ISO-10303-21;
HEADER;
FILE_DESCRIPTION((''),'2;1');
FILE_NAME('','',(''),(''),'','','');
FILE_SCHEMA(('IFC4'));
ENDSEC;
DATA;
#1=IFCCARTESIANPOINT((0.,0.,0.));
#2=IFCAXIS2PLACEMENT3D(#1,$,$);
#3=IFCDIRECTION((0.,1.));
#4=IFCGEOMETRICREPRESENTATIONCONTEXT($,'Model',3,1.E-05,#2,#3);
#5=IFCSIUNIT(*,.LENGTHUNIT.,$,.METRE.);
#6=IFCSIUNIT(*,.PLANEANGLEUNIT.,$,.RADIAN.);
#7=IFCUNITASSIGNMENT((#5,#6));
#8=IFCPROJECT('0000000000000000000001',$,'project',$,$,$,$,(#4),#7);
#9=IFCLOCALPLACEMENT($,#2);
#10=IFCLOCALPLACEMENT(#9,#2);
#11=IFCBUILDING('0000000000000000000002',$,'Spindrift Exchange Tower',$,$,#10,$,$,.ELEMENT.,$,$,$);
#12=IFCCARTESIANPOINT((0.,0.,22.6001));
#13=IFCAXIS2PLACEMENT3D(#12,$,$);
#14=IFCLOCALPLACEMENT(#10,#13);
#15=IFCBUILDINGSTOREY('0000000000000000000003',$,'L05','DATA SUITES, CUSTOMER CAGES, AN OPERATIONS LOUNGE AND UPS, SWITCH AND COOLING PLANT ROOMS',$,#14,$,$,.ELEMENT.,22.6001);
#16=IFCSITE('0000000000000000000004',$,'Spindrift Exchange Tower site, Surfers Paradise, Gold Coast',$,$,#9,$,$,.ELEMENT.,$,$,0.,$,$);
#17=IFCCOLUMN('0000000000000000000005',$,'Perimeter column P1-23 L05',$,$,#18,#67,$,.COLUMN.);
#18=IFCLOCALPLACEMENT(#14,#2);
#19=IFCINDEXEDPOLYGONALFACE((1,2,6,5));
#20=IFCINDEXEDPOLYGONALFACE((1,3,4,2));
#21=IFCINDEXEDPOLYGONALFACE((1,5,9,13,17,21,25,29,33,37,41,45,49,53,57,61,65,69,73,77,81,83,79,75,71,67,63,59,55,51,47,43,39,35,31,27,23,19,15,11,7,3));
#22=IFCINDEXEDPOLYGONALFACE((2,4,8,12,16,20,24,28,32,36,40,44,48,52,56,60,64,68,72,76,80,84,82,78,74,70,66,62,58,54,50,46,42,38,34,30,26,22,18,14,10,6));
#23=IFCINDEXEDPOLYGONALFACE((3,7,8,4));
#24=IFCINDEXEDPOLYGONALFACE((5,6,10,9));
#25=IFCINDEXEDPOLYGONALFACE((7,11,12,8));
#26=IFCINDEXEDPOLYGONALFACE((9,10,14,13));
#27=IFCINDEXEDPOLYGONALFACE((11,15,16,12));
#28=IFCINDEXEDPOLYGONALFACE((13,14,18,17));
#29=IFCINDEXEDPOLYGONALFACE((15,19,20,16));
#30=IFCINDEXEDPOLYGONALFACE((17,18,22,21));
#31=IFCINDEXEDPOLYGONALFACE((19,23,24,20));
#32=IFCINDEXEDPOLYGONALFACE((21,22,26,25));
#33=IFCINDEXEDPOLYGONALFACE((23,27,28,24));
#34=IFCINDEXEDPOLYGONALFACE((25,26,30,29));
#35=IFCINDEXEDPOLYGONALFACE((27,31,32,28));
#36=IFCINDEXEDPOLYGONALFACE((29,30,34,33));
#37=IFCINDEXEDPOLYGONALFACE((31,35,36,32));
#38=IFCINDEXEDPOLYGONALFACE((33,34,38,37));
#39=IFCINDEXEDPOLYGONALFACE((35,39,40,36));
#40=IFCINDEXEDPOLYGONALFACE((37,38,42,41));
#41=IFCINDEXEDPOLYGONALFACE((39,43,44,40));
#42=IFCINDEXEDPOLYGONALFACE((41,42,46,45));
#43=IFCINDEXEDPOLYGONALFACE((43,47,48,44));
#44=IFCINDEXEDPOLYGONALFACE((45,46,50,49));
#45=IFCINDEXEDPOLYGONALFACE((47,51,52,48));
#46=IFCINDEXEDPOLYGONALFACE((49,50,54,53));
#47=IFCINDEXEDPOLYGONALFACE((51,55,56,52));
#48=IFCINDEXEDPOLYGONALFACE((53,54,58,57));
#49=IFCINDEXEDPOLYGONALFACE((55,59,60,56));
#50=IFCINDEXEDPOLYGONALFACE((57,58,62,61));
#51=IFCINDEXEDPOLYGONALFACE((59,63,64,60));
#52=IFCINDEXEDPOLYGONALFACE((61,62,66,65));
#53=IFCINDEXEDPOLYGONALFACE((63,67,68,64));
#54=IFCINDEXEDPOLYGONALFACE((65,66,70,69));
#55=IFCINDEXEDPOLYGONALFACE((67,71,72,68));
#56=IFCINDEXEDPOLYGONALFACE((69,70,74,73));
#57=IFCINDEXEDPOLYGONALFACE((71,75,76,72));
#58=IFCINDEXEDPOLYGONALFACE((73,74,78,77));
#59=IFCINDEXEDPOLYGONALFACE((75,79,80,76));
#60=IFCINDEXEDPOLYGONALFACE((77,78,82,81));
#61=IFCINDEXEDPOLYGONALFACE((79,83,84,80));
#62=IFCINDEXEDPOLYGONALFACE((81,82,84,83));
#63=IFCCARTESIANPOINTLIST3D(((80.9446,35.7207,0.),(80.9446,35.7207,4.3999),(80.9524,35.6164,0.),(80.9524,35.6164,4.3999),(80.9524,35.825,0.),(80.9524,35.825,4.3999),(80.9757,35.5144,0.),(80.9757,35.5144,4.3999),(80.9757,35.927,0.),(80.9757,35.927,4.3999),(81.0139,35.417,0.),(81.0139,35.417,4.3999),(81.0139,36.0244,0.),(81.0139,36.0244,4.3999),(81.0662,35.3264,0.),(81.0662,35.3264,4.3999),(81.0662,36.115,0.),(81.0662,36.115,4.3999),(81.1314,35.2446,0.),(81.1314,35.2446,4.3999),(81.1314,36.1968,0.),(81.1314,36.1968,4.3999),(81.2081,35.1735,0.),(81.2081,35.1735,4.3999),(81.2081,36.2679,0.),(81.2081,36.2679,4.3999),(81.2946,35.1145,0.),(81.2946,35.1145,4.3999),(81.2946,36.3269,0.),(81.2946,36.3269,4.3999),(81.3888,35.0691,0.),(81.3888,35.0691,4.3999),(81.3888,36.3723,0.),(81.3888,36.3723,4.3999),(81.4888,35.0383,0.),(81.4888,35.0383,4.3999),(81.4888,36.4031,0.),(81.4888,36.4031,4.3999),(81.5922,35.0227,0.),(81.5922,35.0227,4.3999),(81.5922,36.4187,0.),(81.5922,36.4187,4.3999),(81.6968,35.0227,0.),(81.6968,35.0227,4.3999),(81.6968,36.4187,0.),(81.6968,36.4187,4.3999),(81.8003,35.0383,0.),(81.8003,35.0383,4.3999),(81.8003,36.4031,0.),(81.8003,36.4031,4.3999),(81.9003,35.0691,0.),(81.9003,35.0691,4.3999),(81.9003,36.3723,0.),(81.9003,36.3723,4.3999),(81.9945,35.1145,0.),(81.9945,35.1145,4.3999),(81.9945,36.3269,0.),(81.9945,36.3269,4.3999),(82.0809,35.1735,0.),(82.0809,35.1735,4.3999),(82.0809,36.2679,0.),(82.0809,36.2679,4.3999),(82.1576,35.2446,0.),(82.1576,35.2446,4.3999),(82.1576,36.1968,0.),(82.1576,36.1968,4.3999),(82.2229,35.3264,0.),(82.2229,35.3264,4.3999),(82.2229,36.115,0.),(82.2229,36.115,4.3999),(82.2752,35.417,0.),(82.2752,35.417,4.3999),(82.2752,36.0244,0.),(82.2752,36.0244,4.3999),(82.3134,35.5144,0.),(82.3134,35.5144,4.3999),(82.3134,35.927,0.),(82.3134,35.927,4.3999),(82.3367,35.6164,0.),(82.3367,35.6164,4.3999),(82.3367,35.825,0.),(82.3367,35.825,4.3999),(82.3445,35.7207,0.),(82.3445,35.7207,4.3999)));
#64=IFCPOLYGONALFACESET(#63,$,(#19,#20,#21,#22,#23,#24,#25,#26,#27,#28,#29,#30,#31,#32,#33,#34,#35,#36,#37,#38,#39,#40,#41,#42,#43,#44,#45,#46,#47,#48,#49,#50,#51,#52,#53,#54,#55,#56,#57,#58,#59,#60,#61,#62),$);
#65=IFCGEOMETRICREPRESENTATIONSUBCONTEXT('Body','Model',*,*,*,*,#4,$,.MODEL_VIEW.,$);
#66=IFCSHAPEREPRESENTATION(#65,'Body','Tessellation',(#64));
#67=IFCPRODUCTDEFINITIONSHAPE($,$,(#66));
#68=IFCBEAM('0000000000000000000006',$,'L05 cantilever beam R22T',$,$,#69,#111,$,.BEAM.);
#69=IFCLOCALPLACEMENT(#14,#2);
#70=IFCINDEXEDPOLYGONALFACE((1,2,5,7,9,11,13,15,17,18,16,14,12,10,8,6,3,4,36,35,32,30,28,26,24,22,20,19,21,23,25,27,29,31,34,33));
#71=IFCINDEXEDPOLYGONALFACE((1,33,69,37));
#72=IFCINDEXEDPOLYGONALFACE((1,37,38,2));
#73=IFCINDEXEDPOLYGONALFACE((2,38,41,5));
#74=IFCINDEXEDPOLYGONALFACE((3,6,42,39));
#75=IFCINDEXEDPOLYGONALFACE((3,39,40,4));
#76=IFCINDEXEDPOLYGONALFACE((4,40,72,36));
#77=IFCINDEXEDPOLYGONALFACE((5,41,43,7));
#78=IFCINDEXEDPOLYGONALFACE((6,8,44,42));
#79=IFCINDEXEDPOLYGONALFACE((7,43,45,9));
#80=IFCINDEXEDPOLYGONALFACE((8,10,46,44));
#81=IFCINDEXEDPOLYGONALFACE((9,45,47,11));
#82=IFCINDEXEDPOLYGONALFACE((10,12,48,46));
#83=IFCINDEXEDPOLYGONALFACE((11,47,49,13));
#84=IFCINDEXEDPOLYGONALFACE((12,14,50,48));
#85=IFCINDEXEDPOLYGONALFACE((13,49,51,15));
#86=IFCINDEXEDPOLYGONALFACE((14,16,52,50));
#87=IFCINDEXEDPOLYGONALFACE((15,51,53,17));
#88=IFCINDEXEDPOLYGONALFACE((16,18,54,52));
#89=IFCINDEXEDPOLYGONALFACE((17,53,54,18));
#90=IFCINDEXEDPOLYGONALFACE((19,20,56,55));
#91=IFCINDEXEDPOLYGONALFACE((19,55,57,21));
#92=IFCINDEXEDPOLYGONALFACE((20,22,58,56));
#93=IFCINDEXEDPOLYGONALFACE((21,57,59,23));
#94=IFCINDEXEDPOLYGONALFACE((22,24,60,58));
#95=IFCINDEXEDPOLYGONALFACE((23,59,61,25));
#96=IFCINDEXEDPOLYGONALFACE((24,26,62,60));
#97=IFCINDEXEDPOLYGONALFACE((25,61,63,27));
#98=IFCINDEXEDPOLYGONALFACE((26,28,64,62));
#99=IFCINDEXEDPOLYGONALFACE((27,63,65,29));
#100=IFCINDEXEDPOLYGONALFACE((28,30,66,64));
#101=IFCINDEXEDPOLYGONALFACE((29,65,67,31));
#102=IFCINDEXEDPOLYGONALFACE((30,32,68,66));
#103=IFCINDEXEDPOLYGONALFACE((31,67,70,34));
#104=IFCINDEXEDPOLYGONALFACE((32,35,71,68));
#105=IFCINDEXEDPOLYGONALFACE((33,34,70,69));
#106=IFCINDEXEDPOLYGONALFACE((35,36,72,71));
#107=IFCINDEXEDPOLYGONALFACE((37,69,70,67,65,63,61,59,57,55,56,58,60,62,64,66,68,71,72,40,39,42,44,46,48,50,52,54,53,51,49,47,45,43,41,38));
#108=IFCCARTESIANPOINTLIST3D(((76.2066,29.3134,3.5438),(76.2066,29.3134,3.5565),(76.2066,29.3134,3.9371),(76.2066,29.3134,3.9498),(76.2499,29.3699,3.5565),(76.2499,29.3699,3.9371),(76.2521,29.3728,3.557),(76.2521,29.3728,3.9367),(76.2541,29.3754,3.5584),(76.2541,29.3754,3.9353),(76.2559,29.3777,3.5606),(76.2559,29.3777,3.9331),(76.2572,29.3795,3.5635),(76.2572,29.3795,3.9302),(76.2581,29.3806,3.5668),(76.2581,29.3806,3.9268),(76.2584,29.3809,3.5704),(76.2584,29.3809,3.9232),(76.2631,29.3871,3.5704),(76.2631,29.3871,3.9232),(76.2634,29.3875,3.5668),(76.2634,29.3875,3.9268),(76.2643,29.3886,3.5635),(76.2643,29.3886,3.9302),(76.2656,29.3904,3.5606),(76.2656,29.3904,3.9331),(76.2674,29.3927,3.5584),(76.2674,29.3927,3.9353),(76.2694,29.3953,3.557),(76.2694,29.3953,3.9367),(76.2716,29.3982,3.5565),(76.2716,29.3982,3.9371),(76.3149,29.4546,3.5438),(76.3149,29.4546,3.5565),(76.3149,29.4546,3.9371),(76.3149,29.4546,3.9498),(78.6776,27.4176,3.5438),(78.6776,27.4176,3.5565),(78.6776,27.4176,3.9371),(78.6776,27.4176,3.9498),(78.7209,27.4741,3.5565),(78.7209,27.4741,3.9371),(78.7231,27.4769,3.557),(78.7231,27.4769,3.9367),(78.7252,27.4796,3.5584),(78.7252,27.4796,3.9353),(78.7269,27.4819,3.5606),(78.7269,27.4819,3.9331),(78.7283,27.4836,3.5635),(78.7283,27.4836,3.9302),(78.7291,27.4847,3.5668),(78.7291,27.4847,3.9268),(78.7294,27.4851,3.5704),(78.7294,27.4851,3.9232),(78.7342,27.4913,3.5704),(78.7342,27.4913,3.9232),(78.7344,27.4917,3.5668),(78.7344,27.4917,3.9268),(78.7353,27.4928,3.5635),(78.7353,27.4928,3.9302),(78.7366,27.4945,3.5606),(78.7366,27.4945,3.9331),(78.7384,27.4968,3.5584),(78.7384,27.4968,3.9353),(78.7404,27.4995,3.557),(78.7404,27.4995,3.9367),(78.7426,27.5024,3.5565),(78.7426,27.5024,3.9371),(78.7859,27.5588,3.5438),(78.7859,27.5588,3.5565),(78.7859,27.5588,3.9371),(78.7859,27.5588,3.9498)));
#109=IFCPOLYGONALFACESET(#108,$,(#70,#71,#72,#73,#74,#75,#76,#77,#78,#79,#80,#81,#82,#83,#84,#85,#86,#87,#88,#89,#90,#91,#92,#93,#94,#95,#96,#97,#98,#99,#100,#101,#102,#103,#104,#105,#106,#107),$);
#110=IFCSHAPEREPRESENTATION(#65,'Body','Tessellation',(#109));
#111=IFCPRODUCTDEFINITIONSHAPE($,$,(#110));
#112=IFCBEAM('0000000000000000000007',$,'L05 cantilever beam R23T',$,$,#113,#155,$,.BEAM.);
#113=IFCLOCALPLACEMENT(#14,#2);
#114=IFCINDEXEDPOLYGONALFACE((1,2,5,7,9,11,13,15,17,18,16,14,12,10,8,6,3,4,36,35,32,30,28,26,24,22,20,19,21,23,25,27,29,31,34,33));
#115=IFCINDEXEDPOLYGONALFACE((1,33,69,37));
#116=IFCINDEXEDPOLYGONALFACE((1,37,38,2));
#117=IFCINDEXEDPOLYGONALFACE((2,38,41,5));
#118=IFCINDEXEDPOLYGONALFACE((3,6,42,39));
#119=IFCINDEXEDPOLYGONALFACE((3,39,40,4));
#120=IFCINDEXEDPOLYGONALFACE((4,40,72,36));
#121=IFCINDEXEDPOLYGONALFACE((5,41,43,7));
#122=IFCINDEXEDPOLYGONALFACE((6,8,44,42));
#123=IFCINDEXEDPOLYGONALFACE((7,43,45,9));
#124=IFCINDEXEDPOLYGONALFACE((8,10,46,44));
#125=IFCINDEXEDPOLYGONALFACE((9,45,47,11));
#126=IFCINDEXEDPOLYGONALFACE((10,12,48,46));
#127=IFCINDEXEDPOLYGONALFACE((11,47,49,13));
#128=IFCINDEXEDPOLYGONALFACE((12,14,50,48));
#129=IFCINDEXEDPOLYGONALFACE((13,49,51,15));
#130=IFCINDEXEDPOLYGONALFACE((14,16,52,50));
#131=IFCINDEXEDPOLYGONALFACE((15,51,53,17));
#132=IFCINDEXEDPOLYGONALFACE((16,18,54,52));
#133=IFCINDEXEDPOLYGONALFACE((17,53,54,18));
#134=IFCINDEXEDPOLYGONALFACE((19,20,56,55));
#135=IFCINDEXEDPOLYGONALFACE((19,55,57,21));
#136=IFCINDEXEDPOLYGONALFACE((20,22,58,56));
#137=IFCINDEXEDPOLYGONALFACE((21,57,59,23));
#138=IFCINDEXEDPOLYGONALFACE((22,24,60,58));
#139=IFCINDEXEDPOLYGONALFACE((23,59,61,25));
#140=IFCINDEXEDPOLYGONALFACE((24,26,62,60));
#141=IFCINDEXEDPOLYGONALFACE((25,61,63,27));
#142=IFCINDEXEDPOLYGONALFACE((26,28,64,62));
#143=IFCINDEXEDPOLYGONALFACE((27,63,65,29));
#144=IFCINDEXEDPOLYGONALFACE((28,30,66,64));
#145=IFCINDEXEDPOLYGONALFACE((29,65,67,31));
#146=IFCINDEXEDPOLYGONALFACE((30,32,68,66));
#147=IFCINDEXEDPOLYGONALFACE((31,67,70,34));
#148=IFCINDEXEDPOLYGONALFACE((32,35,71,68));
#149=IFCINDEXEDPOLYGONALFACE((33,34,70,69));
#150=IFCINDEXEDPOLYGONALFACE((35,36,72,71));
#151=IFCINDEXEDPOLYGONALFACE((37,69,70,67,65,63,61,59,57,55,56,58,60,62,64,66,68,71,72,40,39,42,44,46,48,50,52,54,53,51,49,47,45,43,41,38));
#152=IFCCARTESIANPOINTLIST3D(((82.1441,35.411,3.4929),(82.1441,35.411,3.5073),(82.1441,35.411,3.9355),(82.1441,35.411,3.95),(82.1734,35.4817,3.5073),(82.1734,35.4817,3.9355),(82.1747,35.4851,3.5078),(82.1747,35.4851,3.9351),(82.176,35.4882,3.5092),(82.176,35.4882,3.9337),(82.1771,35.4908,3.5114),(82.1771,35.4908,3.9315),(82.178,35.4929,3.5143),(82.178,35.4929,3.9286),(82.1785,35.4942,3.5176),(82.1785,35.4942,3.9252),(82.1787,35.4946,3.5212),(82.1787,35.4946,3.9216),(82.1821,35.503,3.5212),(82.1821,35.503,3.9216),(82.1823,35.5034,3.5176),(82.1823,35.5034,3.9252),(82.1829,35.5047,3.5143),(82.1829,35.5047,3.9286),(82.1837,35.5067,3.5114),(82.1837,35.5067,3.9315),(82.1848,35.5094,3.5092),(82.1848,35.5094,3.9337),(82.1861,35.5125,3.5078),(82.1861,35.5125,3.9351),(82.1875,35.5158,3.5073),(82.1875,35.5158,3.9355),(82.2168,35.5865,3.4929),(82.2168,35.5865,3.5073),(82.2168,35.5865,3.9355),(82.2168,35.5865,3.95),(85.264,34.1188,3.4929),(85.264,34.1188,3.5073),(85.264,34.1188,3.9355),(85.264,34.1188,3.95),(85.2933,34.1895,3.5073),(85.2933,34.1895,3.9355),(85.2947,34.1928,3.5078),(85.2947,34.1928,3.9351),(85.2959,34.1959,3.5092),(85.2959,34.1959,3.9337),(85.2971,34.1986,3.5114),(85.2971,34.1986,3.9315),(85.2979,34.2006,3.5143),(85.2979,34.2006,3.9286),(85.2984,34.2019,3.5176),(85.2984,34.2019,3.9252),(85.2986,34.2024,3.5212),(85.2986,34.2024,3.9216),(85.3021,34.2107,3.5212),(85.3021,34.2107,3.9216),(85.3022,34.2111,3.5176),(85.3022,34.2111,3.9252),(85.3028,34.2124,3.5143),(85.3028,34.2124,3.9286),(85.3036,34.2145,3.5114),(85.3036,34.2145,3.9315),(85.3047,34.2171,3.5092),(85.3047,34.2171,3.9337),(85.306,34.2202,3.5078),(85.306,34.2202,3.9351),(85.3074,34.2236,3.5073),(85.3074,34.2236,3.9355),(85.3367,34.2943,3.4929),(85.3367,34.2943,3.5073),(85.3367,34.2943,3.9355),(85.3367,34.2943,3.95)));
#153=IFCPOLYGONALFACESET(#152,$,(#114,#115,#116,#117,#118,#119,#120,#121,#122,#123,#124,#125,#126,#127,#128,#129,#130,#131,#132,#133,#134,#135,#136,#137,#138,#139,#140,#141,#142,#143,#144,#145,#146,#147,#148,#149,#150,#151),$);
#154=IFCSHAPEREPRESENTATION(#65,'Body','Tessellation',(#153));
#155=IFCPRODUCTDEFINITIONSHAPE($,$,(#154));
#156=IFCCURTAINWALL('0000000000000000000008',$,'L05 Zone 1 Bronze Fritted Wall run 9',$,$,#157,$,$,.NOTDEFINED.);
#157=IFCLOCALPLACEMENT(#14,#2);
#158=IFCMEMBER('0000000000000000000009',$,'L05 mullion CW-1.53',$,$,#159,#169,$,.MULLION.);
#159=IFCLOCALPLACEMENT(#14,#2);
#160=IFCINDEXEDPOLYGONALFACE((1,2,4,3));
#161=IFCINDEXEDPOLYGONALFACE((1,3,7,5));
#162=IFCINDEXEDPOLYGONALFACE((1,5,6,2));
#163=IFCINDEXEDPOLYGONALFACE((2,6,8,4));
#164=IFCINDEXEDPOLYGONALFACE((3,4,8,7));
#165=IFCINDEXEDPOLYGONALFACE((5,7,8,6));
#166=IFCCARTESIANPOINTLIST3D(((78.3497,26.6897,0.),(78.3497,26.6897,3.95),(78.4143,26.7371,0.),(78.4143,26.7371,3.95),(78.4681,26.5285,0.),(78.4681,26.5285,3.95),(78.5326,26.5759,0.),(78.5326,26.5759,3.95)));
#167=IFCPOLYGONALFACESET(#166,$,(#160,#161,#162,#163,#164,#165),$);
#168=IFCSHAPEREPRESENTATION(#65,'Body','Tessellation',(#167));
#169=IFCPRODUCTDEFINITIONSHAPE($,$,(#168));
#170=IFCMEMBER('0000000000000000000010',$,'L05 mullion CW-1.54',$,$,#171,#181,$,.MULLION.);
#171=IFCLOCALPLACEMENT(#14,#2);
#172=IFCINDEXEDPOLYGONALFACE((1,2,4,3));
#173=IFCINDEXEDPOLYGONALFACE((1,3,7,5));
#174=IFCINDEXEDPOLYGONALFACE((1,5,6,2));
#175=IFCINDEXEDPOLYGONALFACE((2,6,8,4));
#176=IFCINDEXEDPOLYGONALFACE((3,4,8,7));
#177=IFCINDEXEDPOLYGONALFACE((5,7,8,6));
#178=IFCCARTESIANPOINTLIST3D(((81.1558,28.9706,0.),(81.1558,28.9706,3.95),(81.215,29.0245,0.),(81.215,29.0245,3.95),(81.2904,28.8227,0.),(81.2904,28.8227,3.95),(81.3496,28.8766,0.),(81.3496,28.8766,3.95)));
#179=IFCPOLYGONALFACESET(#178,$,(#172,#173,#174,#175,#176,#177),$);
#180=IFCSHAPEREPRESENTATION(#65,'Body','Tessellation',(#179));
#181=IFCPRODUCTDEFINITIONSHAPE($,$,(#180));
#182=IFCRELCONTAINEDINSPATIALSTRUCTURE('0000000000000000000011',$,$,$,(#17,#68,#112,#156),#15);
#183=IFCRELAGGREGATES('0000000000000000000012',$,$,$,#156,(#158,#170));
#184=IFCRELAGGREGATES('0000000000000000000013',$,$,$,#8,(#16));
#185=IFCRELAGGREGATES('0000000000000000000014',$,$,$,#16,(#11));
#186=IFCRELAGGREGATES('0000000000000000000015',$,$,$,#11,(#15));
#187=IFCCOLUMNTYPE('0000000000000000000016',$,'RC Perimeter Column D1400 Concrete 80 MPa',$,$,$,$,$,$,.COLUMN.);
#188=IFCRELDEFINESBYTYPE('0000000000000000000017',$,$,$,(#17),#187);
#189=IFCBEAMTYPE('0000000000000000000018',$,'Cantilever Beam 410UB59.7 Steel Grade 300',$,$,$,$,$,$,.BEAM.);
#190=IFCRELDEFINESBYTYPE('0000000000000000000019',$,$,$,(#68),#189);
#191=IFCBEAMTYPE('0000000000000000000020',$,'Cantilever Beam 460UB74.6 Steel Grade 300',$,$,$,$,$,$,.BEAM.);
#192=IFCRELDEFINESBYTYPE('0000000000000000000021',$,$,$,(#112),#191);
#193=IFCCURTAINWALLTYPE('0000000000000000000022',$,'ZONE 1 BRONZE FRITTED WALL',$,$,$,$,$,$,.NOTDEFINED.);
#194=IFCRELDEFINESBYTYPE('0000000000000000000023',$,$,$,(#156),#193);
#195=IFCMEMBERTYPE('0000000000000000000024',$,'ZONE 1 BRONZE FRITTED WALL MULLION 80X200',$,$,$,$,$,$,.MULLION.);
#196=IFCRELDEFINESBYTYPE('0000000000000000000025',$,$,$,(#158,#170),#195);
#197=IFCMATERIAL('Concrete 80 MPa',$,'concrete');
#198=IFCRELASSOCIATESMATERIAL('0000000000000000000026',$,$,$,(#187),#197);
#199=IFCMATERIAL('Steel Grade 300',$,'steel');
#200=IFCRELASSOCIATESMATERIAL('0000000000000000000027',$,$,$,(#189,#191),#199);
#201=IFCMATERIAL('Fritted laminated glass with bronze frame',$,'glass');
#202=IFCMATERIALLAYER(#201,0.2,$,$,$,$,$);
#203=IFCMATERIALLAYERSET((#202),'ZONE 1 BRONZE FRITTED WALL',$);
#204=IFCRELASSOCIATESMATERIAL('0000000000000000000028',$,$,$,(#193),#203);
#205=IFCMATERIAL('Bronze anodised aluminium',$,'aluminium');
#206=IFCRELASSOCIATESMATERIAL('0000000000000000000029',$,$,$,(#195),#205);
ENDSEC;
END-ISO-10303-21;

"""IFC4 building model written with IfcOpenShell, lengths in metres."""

from ifc_helpers import new_model, si_unit, direction, frame, origin, origin_2d, place, context, subcontext, project, spatial, rectangle, circle, i_section, extrude, source, transform, mapped, material, layer, layer_set, material_profile, profile_set, type_object, element, aggregate, save


model = new_model("IFC4")

# Units and contexts
model_context = context("Model", 3, precision=1e-05, world=origin(), true_north=direction((0.0, 1.0)))
body_context = subcontext(model_context, "Body", "Model", "MODEL_VIEW")
ifc_project = project(units=[si_unit("LENGTHUNIT", "METRE"), si_unit("PLANEANGLEUNIT", "RADIAN")], contexts=[model_context])

# Site, building, storey
site_placement = place(None, origin())
site = spatial("IfcSite", under=ifc_project, at=site_placement, Name="Spindrift Exchange Tower site, Surfers Paradise, Gold Coast", CompositionType="ELEMENT", RefElevation=0.0)
building_placement = place(site_placement, origin())
building = spatial("IfcBuilding", under=site, at=building_placement, Name="Spindrift Exchange Tower", CompositionType="ELEMENT")
storey_placement = place(building_placement, frame((0.0, 0.0, 22.6001)))
storey = spatial("IfcBuildingStorey", under=building, at=storey_placement, Name="L05", Description="DATA SUITES, CUSTOMER CAGES, AN OPERATIONS LOUNGE AND UPS, SWITCH AND COOLING PLANT ROOMS", CompositionType="ELEMENT", Elevation=22.6001)

# Column
ifc_material_1 = material(Name="Concrete 80 MPa", Category="concrete")
ifc_material_profile_1 = material_profile(ifc_material_1, circle(Radius=0.7, at=origin_2d()), Name="RC D1400")
ifc_profile_set_1 = profile_set([ifc_material_profile_1], Name="Concrete 80 MPa")
column_type = type_object("IfcColumnType", Name="RC Perimeter Column D1400 Concrete 80 MPa", PredefinedType="COLUMN", material=ifc_profile_set_1)
shared_shape_1 = source(origin(), body_context, "Body", "SweptSolid", [
    extrude(circle(Radius=0.7, at=origin_2d()), origin(), (0.0, 0.0, 1.0), 4.3999),
])
column_placement = place(storey_placement, frame((81.6445, 35.7207, 0.0), z_axis=(0.0, 0.0, 1.0), x_axis=(1.0, 0.0, 0.0)))
element("IfcColumn", 1, at=column_placement, inside=storey, type_object=column_type, Name="Perimeter column P1-23 L05", PredefinedType="COLUMN", context=body_context, shape_type="MappedRepresentation", body=[
    mapped(shared_shape_1, transform((0.0, 0.0, 0.0), scale=1.0)),
])

# Beams
ifc_material_2 = material(Name="Steel Grade 300", Category="steel")
ifc_material_profile_2 = material_profile(ifc_material_2, i_section(OverallWidth=0.178, OverallDepth=0.406, WebThickness=0.0078, FlangeThickness=0.0127, FilletRadius=0.0139, at=origin_2d()), Name="410UB59.7")
ifc_profile_set_2 = profile_set([ifc_material_profile_2], Name="Steel Grade 300")
beam_type_1 = type_object("IfcBeamType", Name="Cantilever Beam 410UB59.7 Steel Grade 300", PredefinedType="BEAM", material=ifc_profile_set_2)
shared_shape_2 = source(origin(), body_context, "Body", "SweptSolid", [
    extrude(i_section(OverallWidth=0.178, OverallDepth=0.406, WebThickness=0.0078, FlangeThickness=0.0127, FilletRadius=0.0139, at=origin_2d()), origin(), (0.0, 0.0, 1.0), 3.1145),
])
beam_1_placement = place(storey_placement, frame((76.2607, 29.384, 3.7468), z_axis=(0.793396, -0.608706, 0.0), x_axis=(0.608706, 0.793396, 0.0)))
element("IfcBeam", 2, at=beam_1_placement, inside=storey, type_object=beam_type_1, Name="L05 cantilever beam R22T", PredefinedType="BEAM", context=body_context, shape_type="MappedRepresentation", body=[
    mapped(shared_shape_2, transform((0.0, 0.0, 0.0), scale=1.0)),
])
ifc_material_profile_3 = material_profile(ifc_material_2, i_section(OverallWidth=0.1899, OverallDepth=0.457, WebThickness=0.009, FlangeThickness=0.0144, FilletRadius=0.0139, at=origin_2d()), Name="460UB74.6")
ifc_profile_set_3 = profile_set([ifc_material_profile_3], Name="Steel Grade 300")
beam_type_2 = type_object("IfcBeamType", Name="Cantilever Beam 460UB74.6 Steel Grade 300", PredefinedType="BEAM", material=ifc_profile_set_3)
shared_shape_3 = source(origin(), body_context, "Body", "SweptSolid", [
    extrude(i_section(OverallWidth=0.1899, OverallDepth=0.457, WebThickness=0.009, FlangeThickness=0.0144, FilletRadius=0.0139, at=origin_2d()), origin(), (0.0, 0.0, 1.0), 3.377),
])
beam_2_placement = place(storey_placement, frame((82.1804, 35.4988, 3.7214), z_axis=(0.923886, -0.382669, 0.0), x_axis=(0.382669, 0.923886, 0.0)))
element("IfcBeam", 3, at=beam_2_placement, inside=storey, type_object=beam_type_2, Name="L05 cantilever beam R23T", PredefinedType="BEAM", context=body_context, shape_type="MappedRepresentation", body=[
    mapped(shared_shape_3, transform((0.0, 0.0, 0.0), scale=1.0)),
])

# Curtain wall, members
ifc_material_3 = material(Name="Fritted laminated glass with bronze frame", Category="glass")
ifc_layer_1 = layer(ifc_material_3, 0.2)
ifc_layer_set_1 = layer_set([ifc_layer_1], Name="ZONE 1 BRONZE FRITTED WALL")
curtain_wall_type = type_object("IfcCurtainWallType", Name="ZONE 1 BRONZE FRITTED WALL", PredefinedType="NOTDEFINED", material=ifc_layer_set_1)
curtain_wall_1_placement = place(storey_placement, origin())
curtain_wall_1 = element("IfcCurtainWall", 4, at=curtain_wall_1_placement, inside=storey, type_object=curtain_wall_type, Name="L05 Zone 1 Bronze Fritted Wall run 9", PredefinedType="NOTDEFINED")
ifc_material_4 = material(Name="Bronze anodised aluminium", Category="aluminium")
ifc_material_profile_4 = material_profile(ifc_material_4, rectangle(XDim=0.0801, YDim=0.2, at=origin_2d()), Name="ZONE 1 BRONZE FRITTED WALL MULLION 80X200")
ifc_profile_set_4 = profile_set([ifc_material_profile_4], Name="Bronze anodised aluminium")
member_type_1 = type_object("IfcMemberType", Name="ZONE 1 BRONZE FRITTED WALL MULLION 80X200", PredefinedType="MULLION", material=ifc_profile_set_4)
shared_shape_4 = source(origin(), body_context, "Body", "SweptSolid", [
    extrude(rectangle(XDim=0.0801, YDim=0.2, at=origin_2d()), origin(), (0.0, 0.0, 1.0), 3.95),
])
member_1_placement = place(storey_placement, frame((78.4412, 26.6328, 0.0), z_axis=(0.0, 0.0, 1.0), x_axis=(0.806035, 0.591868, 0.0)))
member_1 = element("IfcMember", 5, at=member_1_placement, type_object=member_type_1, Name="L05 mullion CW-1.53", PredefinedType="MULLION", context=body_context, shape_type="MappedRepresentation", body=[
    mapped(shared_shape_4, transform((0.0, 0.0, 0.0), scale=1.0)),
])
member_2_placement = place(storey_placement, frame((81.2527, 28.9236, 0.0), z_axis=(0.0, 0.0, 1.0), x_axis=(0.739528, 0.673126, 0.0)))
member_2 = element("IfcMember", 6, at=member_2_placement, type_object=member_type_1, Name="L05 mullion CW-1.54", PredefinedType="MULLION", context=body_context, shape_type="MappedRepresentation", body=[
    mapped(shared_shape_4, transform((0.0, 0.0, 0.0), scale=1.0)),
])

aggregate(curtain_wall_1, [member_1, member_2])

save(model, "model.ifc")
